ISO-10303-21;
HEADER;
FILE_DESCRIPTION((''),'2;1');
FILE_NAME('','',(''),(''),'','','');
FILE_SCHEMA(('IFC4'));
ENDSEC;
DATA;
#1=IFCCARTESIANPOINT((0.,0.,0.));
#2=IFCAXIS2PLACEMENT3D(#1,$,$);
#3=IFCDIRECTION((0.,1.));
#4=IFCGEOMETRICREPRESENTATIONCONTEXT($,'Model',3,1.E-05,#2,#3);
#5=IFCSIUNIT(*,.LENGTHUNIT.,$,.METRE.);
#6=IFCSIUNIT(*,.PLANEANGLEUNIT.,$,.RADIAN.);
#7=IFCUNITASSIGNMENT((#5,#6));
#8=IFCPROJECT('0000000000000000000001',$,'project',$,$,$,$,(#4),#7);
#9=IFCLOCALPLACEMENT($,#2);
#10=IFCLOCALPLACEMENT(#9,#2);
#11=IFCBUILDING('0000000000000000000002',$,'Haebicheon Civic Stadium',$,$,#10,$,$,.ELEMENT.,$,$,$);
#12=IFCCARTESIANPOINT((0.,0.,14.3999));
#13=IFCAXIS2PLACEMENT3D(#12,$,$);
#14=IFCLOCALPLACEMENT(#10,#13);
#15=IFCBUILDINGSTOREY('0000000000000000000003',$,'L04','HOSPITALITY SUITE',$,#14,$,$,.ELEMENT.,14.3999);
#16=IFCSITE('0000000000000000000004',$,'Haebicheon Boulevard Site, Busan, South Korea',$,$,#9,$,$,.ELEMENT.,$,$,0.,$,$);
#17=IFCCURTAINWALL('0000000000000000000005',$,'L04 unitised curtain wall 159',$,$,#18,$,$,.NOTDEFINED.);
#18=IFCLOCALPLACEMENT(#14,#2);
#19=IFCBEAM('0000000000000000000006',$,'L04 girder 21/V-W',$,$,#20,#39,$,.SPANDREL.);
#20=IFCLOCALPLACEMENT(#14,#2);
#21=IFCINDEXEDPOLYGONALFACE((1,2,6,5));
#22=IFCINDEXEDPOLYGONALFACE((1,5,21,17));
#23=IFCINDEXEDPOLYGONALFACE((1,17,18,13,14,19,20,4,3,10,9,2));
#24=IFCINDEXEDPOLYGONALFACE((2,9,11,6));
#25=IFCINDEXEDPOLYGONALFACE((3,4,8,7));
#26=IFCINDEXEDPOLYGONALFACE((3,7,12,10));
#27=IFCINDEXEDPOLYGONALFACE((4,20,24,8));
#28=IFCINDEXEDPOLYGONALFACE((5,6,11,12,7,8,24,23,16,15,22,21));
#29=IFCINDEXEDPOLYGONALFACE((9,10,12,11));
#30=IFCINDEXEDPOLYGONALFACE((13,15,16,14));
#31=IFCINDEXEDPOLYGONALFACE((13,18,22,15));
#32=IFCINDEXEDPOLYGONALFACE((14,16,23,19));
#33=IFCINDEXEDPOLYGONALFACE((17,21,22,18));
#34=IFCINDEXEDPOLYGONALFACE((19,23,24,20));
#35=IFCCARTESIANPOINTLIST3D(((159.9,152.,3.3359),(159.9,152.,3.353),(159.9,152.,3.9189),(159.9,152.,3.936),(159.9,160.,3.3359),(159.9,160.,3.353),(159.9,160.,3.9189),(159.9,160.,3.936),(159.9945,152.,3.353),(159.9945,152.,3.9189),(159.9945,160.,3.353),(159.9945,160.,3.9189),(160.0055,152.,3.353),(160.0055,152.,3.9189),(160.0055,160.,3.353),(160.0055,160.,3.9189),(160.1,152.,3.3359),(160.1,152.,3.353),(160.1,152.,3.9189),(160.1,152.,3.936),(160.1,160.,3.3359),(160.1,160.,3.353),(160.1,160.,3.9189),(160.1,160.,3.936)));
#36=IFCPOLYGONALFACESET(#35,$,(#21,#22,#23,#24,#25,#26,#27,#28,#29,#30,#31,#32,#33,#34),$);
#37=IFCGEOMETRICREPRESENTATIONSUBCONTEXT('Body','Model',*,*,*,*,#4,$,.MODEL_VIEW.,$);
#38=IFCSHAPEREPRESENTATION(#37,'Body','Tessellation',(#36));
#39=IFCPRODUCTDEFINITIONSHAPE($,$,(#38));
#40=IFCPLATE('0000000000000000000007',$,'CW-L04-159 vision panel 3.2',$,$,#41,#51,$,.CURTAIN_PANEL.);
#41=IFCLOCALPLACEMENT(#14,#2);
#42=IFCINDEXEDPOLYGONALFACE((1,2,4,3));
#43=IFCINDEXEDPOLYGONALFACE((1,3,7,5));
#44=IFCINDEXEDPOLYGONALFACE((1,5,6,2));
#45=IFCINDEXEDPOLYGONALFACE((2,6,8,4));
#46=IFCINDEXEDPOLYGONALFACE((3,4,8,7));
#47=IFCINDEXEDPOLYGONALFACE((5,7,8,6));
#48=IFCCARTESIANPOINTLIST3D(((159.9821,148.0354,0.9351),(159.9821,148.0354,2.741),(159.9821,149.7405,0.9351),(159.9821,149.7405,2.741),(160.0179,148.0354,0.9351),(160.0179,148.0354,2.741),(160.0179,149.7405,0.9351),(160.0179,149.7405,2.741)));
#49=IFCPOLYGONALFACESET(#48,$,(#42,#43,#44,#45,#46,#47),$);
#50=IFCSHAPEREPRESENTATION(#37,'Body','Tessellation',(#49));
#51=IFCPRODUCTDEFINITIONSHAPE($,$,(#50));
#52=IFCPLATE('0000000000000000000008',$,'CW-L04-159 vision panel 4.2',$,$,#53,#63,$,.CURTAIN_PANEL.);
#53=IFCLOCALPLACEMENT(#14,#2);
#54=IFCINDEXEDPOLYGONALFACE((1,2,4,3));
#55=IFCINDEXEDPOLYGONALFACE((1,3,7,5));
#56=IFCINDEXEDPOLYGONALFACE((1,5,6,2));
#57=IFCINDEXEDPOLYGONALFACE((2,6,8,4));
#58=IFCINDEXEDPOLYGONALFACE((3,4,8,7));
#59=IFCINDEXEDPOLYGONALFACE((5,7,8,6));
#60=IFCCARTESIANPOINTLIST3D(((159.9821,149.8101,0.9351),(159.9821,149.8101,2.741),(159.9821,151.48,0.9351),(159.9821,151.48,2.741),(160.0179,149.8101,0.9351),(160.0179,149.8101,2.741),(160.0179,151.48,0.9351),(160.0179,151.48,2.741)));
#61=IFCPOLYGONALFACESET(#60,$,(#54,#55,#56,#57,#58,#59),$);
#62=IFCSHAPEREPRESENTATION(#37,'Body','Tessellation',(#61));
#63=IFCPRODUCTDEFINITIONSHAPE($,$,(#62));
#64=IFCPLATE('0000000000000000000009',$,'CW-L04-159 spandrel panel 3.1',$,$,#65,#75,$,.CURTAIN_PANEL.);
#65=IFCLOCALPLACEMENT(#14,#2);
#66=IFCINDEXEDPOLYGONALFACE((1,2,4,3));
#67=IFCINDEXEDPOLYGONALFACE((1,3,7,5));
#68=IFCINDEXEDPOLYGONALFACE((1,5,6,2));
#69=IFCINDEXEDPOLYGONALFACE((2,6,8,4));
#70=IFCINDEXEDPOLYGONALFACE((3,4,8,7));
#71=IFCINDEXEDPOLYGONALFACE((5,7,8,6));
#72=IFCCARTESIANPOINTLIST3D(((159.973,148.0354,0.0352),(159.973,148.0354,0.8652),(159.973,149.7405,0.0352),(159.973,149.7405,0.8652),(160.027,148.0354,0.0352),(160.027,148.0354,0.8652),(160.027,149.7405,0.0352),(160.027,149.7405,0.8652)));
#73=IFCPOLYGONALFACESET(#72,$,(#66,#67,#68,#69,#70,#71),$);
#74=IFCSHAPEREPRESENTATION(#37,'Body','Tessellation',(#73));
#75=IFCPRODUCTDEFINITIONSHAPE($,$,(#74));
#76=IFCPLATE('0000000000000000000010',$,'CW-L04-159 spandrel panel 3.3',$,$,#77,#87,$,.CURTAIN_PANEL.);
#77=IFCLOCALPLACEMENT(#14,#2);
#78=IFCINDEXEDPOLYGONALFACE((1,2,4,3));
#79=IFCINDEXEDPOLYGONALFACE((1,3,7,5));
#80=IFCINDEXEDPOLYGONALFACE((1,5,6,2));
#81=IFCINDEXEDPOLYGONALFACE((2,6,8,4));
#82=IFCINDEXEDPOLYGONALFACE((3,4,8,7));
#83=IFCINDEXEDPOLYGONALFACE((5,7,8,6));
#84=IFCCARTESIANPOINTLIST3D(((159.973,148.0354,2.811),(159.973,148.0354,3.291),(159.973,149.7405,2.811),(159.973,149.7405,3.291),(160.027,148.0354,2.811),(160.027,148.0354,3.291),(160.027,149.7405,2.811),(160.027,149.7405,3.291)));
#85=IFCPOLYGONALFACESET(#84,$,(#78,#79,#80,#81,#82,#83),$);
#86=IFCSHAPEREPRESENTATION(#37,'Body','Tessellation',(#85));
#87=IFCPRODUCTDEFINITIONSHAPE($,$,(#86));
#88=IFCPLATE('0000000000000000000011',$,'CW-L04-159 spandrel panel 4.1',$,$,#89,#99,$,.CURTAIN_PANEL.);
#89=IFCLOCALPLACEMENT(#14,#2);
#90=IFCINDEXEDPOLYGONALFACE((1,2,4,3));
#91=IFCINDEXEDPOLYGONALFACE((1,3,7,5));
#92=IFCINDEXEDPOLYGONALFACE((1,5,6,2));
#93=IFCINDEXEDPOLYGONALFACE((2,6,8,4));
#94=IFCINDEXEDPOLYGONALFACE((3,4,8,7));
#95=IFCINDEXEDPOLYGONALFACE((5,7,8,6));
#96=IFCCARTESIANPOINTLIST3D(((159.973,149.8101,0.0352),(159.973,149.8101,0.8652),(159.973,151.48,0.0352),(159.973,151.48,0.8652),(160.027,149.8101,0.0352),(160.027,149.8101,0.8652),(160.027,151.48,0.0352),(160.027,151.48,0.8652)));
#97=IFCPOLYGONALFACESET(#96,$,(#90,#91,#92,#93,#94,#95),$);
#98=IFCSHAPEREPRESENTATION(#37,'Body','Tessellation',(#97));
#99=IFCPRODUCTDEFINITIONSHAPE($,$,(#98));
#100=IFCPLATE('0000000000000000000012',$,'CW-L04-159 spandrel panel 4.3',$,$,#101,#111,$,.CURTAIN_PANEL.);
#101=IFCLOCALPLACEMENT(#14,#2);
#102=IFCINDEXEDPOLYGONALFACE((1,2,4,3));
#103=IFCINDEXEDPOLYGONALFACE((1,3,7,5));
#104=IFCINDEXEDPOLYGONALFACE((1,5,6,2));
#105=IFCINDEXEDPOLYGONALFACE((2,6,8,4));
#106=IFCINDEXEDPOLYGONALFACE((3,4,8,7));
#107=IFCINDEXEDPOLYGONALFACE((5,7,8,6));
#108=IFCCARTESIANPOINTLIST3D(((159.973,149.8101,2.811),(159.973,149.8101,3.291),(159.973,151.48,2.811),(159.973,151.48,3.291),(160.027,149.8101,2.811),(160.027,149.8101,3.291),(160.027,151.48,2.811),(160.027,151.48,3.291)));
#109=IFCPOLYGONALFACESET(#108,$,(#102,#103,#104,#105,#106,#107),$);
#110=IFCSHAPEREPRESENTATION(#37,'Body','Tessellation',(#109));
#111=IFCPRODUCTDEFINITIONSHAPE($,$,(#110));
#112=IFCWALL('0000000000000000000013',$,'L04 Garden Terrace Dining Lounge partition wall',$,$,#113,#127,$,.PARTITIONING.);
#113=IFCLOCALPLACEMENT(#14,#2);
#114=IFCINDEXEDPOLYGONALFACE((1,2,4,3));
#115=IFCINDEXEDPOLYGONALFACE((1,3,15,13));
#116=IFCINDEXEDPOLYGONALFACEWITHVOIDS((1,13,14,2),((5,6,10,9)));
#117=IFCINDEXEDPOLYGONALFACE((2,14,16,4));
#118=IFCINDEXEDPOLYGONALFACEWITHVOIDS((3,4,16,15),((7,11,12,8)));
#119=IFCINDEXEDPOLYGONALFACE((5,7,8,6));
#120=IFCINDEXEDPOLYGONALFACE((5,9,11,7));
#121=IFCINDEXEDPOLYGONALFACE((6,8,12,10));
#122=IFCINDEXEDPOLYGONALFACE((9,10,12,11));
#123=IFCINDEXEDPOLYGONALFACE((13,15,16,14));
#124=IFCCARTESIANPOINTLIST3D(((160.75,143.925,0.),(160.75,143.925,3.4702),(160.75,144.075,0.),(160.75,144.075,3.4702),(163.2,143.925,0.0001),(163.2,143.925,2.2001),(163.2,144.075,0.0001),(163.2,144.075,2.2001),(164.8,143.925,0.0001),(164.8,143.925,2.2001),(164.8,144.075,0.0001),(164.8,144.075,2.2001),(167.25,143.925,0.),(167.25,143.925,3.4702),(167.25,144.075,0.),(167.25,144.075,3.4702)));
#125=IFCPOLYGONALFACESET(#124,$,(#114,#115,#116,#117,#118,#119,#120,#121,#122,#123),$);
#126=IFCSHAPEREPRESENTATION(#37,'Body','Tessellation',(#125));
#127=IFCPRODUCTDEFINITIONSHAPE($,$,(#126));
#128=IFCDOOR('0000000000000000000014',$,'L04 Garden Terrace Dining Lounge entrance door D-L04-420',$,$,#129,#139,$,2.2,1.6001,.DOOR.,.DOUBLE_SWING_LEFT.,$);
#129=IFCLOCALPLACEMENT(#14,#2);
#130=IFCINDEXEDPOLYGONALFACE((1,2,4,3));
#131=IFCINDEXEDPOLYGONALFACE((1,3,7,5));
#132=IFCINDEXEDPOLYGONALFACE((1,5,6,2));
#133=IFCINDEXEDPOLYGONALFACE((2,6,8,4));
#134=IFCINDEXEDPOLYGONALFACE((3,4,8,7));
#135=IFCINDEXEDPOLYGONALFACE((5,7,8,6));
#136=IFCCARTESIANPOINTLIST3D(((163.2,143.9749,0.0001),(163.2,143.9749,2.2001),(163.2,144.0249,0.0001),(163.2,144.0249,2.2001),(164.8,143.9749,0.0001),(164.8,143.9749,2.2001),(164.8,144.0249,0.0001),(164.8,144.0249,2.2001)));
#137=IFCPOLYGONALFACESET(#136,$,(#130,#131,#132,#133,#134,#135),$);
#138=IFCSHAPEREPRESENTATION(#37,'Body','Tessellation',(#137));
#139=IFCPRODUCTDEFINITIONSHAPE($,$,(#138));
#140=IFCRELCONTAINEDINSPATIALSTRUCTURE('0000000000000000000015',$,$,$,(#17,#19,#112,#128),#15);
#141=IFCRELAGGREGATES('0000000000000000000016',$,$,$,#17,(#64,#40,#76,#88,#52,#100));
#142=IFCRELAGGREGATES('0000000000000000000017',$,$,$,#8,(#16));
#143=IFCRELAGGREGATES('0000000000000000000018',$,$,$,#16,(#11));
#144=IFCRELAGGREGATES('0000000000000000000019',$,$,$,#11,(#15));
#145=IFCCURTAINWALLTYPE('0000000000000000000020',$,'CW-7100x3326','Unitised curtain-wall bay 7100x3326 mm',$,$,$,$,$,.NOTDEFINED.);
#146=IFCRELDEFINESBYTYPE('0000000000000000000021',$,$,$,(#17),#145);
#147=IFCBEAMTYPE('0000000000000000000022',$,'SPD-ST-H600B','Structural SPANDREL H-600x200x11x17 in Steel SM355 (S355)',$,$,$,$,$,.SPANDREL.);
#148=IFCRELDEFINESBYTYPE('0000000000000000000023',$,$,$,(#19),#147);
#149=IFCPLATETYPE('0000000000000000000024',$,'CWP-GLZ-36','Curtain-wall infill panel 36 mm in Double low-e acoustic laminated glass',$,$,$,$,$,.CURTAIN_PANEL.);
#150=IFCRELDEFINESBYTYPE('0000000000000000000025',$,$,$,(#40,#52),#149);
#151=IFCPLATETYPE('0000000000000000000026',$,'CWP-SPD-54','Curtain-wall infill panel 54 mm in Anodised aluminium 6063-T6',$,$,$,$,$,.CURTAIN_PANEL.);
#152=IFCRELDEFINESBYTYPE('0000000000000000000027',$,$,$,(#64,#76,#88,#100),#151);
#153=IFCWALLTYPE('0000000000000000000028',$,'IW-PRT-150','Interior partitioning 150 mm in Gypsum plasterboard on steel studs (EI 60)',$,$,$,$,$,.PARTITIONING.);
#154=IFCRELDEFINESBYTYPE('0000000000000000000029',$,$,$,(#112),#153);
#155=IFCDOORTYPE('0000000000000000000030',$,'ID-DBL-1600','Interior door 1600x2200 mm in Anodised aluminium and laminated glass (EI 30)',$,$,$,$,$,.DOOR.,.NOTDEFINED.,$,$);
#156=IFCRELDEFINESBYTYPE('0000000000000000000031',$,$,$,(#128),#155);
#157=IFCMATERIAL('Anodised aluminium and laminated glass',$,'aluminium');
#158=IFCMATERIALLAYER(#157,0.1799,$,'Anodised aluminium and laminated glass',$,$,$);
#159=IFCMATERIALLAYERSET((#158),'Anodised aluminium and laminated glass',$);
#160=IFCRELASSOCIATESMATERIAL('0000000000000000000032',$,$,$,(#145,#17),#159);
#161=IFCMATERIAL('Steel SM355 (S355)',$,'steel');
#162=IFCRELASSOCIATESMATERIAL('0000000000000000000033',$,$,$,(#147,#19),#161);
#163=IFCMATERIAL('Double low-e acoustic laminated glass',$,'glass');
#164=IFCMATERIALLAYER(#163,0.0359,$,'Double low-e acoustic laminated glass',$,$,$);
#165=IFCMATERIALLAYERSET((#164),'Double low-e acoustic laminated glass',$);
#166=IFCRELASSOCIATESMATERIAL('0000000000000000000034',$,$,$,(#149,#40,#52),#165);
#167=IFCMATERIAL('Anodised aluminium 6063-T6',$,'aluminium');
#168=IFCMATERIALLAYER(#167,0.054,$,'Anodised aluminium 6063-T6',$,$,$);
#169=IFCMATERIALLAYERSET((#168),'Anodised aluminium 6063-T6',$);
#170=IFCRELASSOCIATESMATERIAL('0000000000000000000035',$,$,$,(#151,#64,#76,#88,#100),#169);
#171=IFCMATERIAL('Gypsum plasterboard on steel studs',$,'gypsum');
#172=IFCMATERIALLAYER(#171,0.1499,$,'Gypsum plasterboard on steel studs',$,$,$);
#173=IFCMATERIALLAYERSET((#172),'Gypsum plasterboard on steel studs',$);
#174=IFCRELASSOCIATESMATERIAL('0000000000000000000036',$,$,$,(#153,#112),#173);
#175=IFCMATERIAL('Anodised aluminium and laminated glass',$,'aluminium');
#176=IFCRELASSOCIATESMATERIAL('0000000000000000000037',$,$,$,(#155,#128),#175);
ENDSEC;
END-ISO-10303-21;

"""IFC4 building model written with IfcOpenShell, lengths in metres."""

from ifc_helpers import new_model, si_unit, direction, frame, frame_2d, origin, origin_2d, place, context, subcontext, project, spatial, rectangle, i_section, extrude, material, layer, layer_set, material_profile, profile_set, type_object, element, fill, aggregate, save


model = new_model("IFC4")

# Units and contexts
model_context = context("Model", 3, precision=1e-05, world=origin(), true_north=direction((0.0, 1.0)))
body_context = subcontext(model_context, "Body", "Model", "MODEL_VIEW")
ifc_project = project(units=[si_unit("LENGTHUNIT", "METRE"), si_unit("PLANEANGLEUNIT", "RADIAN")], contexts=[model_context])

# Site, building, storey
site_placement = place(None, origin())
site = spatial("IfcSite", under=ifc_project, at=site_placement, Name="Haebicheon Boulevard Site, Busan, South Korea", CompositionType="ELEMENT", RefElevation=0.0)
building_placement = place(site_placement, origin())
building = spatial("IfcBuilding", under=site, at=building_placement, Name="Haebicheon Civic Stadium", CompositionType="ELEMENT")
storey_placement = place(building_placement, frame((0.0, 0.0, 14.3999)))
storey = spatial("IfcBuildingStorey", under=building, at=storey_placement, Name="L04", Description="HOSPITALITY SUITE", CompositionType="ELEMENT", Elevation=14.3999)

# Curtain wall
ifc_material_1 = material(Name="Anodised aluminium and laminated glass", Category="aluminium")
ifc_layer_1 = layer(ifc_material_1, 0.1799, Name="Anodised aluminium and laminated glass")
ifc_layer_set_1 = layer_set([ifc_layer_1], Name="Anodised aluminium and laminated glass")
curtain_wall_type = type_object("IfcCurtainWallType", Name="CW-7100x3326", Description="Unitised curtain-wall bay 7100x3326 mm", PredefinedType="NOTDEFINED", material=ifc_layer_set_1)
curtain_wall_placement = place(storey_placement, origin())
curtain_wall = element("IfcCurtainWall", 1, at=curtain_wall_placement, inside=storey, type_object=curtain_wall_type, material=ifc_layer_set_1, Name="L04 unitised curtain wall 159", PredefinedType="NOTDEFINED")

# Beam
ifc_material_2 = material(Name="Steel SM355 (S355)", Category="steel")
ifc_material_profile_1 = material_profile(ifc_material_2, i_section(OverallWidth=0.2, OverallDepth=0.6001, WebThickness=0.011, FlangeThickness=0.0171, at=origin_2d()), Name="H-600x200x11x17")
ifc_profile_set_1 = profile_set([ifc_material_profile_1], Name="Steel SM355 (S355)")
beam_type_1 = type_object("IfcBeamType", Name="SPD-ST-H600B", Description="Structural SPANDREL H-600x200x11x17 in Steel SM355 (S355)", PredefinedType="SPANDREL", material=ifc_profile_set_1)
beam_1_placement = place(storey_placement, frame((160.0, 152.0, 3.636), z_axis=(0.0, 1.0, 0.0), x_axis=(-1.0, 0.0, 0.0)))
element("IfcBeam", 2, at=beam_1_placement, inside=storey, type_object=beam_type_1, material=ifc_profile_set_1, Name="L04 girder 21/V-W", PredefinedType="SPANDREL", context=body_context, shape_type="SweptSolid", body=[
    extrude(i_section(OverallWidth=0.2, OverallDepth=0.6001, WebThickness=0.011, FlangeThickness=0.0171, at=origin_2d()), origin(), (0.0, 0.0, 1.0), 8.0),
])

# Plates
ifc_material_3 = material(Name="Double low-e acoustic laminated glass", Category="glass")
ifc_layer_2 = layer(ifc_material_3, 0.0359, Name="Double low-e acoustic laminated glass")
ifc_layer_set_2 = layer_set([ifc_layer_2], Name="Double low-e acoustic laminated glass")
plate_type_1 = type_object("IfcPlateType", Name="CWP-GLZ-36", Description="Curtain-wall infill panel 36 mm in Double low-e acoustic laminated glass", PredefinedType="CURTAIN_PANEL", material=ifc_layer_set_2)
plate_1_placement = place(storey_placement, frame((160.0, 148.8879, 0.9351), z_axis=(0.0, 0.0, 1.0), x_axis=(0.0, 1.0, 0.0)))
plate_1 = element("IfcPlate", 3, at=plate_1_placement, type_object=plate_type_1, material=ifc_layer_set_2, Name="CW-L04-159 vision panel 3.2", PredefinedType="CURTAIN_PANEL", context=body_context, shape_type="SweptSolid", body=[
    extrude(rectangle(XDim=1.7051, YDim=0.0359, at=origin_2d()), origin(), (0.0, 0.0, 1.0), 1.8059),
])
plate_2_placement = place(storey_placement, frame((160.0, 150.645, 0.9351), z_axis=(0.0, 0.0, 1.0), x_axis=(0.0, 1.0, 0.0)))
plate_2 = element("IfcPlate", 4, at=plate_2_placement, type_object=plate_type_1, material=ifc_layer_set_2, Name="CW-L04-159 vision panel 4.2", PredefinedType="CURTAIN_PANEL", context=body_context, shape_type="SweptSolid", body=[
    extrude(rectangle(XDim=1.6699, YDim=0.0359, at=origin_2d()), origin(), (0.0, 0.0, 1.0), 1.8059),
])
ifc_material_4 = material(Name="Anodised aluminium 6063-T6", Category="aluminium")
ifc_layer_3 = layer(ifc_material_4, 0.054, Name="Anodised aluminium 6063-T6")
ifc_layer_set_3 = layer_set([ifc_layer_3], Name="Anodised aluminium 6063-T6")
plate_type_2 = type_object("IfcPlateType", Name="CWP-SPD-54", Description="Curtain-wall infill panel 54 mm in Anodised aluminium 6063-T6", PredefinedType="CURTAIN_PANEL", material=ifc_layer_set_3)
plate_3_placement = place(storey_placement, frame((160.0, 148.8879, 0.0352), z_axis=(0.0, 0.0, 1.0), x_axis=(0.0, 1.0, 0.0)))
plate_3 = element("IfcPlate", 5, at=plate_3_placement, type_object=plate_type_2, material=ifc_layer_set_3, Name="CW-L04-159 spandrel panel 3.1", PredefinedType="CURTAIN_PANEL", context=body_context, shape_type="SweptSolid", body=[
    extrude(rectangle(XDim=1.7051, YDim=0.054, at=origin_2d()), origin(), (0.0, 0.0, 1.0), 0.8301),
])
plate_4_placement = place(storey_placement, frame((160.0, 148.8879, 2.811), z_axis=(0.0, 0.0, 1.0), x_axis=(0.0, 1.0, 0.0)))
plate_4 = element("IfcPlate", 6, at=plate_4_placement, type_object=plate_type_2, material=ifc_layer_set_3, Name="CW-L04-159 spandrel panel 3.3", PredefinedType="CURTAIN_PANEL", context=body_context, shape_type="SweptSolid", body=[
    extrude(rectangle(XDim=1.7051, YDim=0.054, at=origin_2d()), origin(), (0.0, 0.0, 1.0), 0.48),
])
plate_5_placement = place(storey_placement, frame((160.0, 150.645, 0.0352), z_axis=(0.0, 0.0, 1.0), x_axis=(0.0, 1.0, 0.0)))
plate_5 = element("IfcPlate", 7, at=plate_5_placement, type_object=plate_type_2, material=ifc_layer_set_3, Name="CW-L04-159 spandrel panel 4.1", PredefinedType="CURTAIN_PANEL", context=body_context, shape_type="SweptSolid", body=[
    extrude(rectangle(XDim=1.6699, YDim=0.054, at=origin_2d()), origin(), (0.0, 0.0, 1.0), 0.8301),
])
plate_6_placement = place(storey_placement, frame((160.0, 150.645, 2.811), z_axis=(0.0, 0.0, 1.0), x_axis=(0.0, 1.0, 0.0)))
plate_6 = element("IfcPlate", 8, at=plate_6_placement, type_object=plate_type_2, material=ifc_layer_set_3, Name="CW-L04-159 spandrel panel 4.3", PredefinedType="CURTAIN_PANEL", context=body_context, shape_type="SweptSolid", body=[
    extrude(rectangle(XDim=1.6699, YDim=0.054, at=origin_2d()), origin(), (0.0, 0.0, 1.0), 0.48),
])
aggregate(curtain_wall, [plate_3, plate_1, plate_4, plate_5, plate_2, plate_6])

# Wall, opening, door
ifc_material_5 = material(Name="Gypsum plasterboard on steel studs", Category="gypsum")
ifc_layer_4 = layer(ifc_material_5, 0.1499, Name="Gypsum plasterboard on steel studs")
ifc_layer_set_4 = layer_set([ifc_layer_4], Name="Gypsum plasterboard on steel studs")
wall_type = type_object("IfcWallType", Name="IW-PRT-150", Description="Interior partitioning 150 mm in Gypsum plasterboard on steel studs (EI 60)", PredefinedType="PARTITIONING", material=ifc_layer_set_4)
wall_placement = place(storey_placement, frame((160.75, 144.0, 0.0), z_axis=(0.0, 0.0, 1.0), x_axis=(1.0, 0.0, 0.0)))
wall = element("IfcWall", 9, at=wall_placement, inside=storey, type_object=wall_type, material=ifc_layer_set_4, Name="L04 Garden Terrace Dining Lounge partition wall", PredefinedType="PARTITIONING", context=body_context, shape_type="SweptSolid", body=[
    extrude(rectangle(XDim=6.5, YDim=0.1499, at=frame_2d((3.25, 0.0))), origin(), (0.0, 0.0, 1.0), 3.4702),
])
opening_placement = place(wall_placement, frame((2.45, 0.0, 0.0)))
opening = element("IfcOpeningElement", 10, at=opening_placement, cuts=wall, PredefinedType="OPENING", context=body_context, shape_type="SweptSolid", body=[
    extrude(rectangle(XDim=1.6001, YDim=2.2, at=frame_2d((0.8, 1.1001))), frame((0.0, 0.085, 0.0), z_axis=(0.0, -1.0, 0.0), x_axis=(1.0, 0.0, 0.0)), (0.0, 0.0, 1.0), 0.1699),
])
ifc_material_6 = material(Name="Anodised aluminium and laminated glass", Category="aluminium")
door_type = type_object("IfcDoorType", Name="ID-DBL-1600", Description="Interior door 1600x2200 mm in Anodised aluminium and laminated glass (EI 30)", OperationType="NOTDEFINED", PredefinedType="DOOR", material=ifc_material_6)
door_placement = place(opening_placement, origin())
door = element("IfcDoor", 11, at=door_placement, inside=storey, type_object=door_type, material=ifc_material_6, Name="L04 Garden Terrace Dining Lounge entrance door D-L04-420", OperationType="DOUBLE_SWING_LEFT", OverallHeight=2.2, OverallWidth=1.6001, PredefinedType="DOOR", context=body_context, shape_type="SweptSolid", body=[
    extrude(rectangle(XDim=1.6001, YDim=2.2, at=frame_2d((0.8, 1.1001))), frame((0.0, 0.0249, 0.0), z_axis=(0.0, -1.0, 0.0), x_axis=(1.0, 0.0, 0.0)), (0.0, 0.0, 1.0), 0.05),
])
fill(opening, door)

save(model, "model.ifc")
